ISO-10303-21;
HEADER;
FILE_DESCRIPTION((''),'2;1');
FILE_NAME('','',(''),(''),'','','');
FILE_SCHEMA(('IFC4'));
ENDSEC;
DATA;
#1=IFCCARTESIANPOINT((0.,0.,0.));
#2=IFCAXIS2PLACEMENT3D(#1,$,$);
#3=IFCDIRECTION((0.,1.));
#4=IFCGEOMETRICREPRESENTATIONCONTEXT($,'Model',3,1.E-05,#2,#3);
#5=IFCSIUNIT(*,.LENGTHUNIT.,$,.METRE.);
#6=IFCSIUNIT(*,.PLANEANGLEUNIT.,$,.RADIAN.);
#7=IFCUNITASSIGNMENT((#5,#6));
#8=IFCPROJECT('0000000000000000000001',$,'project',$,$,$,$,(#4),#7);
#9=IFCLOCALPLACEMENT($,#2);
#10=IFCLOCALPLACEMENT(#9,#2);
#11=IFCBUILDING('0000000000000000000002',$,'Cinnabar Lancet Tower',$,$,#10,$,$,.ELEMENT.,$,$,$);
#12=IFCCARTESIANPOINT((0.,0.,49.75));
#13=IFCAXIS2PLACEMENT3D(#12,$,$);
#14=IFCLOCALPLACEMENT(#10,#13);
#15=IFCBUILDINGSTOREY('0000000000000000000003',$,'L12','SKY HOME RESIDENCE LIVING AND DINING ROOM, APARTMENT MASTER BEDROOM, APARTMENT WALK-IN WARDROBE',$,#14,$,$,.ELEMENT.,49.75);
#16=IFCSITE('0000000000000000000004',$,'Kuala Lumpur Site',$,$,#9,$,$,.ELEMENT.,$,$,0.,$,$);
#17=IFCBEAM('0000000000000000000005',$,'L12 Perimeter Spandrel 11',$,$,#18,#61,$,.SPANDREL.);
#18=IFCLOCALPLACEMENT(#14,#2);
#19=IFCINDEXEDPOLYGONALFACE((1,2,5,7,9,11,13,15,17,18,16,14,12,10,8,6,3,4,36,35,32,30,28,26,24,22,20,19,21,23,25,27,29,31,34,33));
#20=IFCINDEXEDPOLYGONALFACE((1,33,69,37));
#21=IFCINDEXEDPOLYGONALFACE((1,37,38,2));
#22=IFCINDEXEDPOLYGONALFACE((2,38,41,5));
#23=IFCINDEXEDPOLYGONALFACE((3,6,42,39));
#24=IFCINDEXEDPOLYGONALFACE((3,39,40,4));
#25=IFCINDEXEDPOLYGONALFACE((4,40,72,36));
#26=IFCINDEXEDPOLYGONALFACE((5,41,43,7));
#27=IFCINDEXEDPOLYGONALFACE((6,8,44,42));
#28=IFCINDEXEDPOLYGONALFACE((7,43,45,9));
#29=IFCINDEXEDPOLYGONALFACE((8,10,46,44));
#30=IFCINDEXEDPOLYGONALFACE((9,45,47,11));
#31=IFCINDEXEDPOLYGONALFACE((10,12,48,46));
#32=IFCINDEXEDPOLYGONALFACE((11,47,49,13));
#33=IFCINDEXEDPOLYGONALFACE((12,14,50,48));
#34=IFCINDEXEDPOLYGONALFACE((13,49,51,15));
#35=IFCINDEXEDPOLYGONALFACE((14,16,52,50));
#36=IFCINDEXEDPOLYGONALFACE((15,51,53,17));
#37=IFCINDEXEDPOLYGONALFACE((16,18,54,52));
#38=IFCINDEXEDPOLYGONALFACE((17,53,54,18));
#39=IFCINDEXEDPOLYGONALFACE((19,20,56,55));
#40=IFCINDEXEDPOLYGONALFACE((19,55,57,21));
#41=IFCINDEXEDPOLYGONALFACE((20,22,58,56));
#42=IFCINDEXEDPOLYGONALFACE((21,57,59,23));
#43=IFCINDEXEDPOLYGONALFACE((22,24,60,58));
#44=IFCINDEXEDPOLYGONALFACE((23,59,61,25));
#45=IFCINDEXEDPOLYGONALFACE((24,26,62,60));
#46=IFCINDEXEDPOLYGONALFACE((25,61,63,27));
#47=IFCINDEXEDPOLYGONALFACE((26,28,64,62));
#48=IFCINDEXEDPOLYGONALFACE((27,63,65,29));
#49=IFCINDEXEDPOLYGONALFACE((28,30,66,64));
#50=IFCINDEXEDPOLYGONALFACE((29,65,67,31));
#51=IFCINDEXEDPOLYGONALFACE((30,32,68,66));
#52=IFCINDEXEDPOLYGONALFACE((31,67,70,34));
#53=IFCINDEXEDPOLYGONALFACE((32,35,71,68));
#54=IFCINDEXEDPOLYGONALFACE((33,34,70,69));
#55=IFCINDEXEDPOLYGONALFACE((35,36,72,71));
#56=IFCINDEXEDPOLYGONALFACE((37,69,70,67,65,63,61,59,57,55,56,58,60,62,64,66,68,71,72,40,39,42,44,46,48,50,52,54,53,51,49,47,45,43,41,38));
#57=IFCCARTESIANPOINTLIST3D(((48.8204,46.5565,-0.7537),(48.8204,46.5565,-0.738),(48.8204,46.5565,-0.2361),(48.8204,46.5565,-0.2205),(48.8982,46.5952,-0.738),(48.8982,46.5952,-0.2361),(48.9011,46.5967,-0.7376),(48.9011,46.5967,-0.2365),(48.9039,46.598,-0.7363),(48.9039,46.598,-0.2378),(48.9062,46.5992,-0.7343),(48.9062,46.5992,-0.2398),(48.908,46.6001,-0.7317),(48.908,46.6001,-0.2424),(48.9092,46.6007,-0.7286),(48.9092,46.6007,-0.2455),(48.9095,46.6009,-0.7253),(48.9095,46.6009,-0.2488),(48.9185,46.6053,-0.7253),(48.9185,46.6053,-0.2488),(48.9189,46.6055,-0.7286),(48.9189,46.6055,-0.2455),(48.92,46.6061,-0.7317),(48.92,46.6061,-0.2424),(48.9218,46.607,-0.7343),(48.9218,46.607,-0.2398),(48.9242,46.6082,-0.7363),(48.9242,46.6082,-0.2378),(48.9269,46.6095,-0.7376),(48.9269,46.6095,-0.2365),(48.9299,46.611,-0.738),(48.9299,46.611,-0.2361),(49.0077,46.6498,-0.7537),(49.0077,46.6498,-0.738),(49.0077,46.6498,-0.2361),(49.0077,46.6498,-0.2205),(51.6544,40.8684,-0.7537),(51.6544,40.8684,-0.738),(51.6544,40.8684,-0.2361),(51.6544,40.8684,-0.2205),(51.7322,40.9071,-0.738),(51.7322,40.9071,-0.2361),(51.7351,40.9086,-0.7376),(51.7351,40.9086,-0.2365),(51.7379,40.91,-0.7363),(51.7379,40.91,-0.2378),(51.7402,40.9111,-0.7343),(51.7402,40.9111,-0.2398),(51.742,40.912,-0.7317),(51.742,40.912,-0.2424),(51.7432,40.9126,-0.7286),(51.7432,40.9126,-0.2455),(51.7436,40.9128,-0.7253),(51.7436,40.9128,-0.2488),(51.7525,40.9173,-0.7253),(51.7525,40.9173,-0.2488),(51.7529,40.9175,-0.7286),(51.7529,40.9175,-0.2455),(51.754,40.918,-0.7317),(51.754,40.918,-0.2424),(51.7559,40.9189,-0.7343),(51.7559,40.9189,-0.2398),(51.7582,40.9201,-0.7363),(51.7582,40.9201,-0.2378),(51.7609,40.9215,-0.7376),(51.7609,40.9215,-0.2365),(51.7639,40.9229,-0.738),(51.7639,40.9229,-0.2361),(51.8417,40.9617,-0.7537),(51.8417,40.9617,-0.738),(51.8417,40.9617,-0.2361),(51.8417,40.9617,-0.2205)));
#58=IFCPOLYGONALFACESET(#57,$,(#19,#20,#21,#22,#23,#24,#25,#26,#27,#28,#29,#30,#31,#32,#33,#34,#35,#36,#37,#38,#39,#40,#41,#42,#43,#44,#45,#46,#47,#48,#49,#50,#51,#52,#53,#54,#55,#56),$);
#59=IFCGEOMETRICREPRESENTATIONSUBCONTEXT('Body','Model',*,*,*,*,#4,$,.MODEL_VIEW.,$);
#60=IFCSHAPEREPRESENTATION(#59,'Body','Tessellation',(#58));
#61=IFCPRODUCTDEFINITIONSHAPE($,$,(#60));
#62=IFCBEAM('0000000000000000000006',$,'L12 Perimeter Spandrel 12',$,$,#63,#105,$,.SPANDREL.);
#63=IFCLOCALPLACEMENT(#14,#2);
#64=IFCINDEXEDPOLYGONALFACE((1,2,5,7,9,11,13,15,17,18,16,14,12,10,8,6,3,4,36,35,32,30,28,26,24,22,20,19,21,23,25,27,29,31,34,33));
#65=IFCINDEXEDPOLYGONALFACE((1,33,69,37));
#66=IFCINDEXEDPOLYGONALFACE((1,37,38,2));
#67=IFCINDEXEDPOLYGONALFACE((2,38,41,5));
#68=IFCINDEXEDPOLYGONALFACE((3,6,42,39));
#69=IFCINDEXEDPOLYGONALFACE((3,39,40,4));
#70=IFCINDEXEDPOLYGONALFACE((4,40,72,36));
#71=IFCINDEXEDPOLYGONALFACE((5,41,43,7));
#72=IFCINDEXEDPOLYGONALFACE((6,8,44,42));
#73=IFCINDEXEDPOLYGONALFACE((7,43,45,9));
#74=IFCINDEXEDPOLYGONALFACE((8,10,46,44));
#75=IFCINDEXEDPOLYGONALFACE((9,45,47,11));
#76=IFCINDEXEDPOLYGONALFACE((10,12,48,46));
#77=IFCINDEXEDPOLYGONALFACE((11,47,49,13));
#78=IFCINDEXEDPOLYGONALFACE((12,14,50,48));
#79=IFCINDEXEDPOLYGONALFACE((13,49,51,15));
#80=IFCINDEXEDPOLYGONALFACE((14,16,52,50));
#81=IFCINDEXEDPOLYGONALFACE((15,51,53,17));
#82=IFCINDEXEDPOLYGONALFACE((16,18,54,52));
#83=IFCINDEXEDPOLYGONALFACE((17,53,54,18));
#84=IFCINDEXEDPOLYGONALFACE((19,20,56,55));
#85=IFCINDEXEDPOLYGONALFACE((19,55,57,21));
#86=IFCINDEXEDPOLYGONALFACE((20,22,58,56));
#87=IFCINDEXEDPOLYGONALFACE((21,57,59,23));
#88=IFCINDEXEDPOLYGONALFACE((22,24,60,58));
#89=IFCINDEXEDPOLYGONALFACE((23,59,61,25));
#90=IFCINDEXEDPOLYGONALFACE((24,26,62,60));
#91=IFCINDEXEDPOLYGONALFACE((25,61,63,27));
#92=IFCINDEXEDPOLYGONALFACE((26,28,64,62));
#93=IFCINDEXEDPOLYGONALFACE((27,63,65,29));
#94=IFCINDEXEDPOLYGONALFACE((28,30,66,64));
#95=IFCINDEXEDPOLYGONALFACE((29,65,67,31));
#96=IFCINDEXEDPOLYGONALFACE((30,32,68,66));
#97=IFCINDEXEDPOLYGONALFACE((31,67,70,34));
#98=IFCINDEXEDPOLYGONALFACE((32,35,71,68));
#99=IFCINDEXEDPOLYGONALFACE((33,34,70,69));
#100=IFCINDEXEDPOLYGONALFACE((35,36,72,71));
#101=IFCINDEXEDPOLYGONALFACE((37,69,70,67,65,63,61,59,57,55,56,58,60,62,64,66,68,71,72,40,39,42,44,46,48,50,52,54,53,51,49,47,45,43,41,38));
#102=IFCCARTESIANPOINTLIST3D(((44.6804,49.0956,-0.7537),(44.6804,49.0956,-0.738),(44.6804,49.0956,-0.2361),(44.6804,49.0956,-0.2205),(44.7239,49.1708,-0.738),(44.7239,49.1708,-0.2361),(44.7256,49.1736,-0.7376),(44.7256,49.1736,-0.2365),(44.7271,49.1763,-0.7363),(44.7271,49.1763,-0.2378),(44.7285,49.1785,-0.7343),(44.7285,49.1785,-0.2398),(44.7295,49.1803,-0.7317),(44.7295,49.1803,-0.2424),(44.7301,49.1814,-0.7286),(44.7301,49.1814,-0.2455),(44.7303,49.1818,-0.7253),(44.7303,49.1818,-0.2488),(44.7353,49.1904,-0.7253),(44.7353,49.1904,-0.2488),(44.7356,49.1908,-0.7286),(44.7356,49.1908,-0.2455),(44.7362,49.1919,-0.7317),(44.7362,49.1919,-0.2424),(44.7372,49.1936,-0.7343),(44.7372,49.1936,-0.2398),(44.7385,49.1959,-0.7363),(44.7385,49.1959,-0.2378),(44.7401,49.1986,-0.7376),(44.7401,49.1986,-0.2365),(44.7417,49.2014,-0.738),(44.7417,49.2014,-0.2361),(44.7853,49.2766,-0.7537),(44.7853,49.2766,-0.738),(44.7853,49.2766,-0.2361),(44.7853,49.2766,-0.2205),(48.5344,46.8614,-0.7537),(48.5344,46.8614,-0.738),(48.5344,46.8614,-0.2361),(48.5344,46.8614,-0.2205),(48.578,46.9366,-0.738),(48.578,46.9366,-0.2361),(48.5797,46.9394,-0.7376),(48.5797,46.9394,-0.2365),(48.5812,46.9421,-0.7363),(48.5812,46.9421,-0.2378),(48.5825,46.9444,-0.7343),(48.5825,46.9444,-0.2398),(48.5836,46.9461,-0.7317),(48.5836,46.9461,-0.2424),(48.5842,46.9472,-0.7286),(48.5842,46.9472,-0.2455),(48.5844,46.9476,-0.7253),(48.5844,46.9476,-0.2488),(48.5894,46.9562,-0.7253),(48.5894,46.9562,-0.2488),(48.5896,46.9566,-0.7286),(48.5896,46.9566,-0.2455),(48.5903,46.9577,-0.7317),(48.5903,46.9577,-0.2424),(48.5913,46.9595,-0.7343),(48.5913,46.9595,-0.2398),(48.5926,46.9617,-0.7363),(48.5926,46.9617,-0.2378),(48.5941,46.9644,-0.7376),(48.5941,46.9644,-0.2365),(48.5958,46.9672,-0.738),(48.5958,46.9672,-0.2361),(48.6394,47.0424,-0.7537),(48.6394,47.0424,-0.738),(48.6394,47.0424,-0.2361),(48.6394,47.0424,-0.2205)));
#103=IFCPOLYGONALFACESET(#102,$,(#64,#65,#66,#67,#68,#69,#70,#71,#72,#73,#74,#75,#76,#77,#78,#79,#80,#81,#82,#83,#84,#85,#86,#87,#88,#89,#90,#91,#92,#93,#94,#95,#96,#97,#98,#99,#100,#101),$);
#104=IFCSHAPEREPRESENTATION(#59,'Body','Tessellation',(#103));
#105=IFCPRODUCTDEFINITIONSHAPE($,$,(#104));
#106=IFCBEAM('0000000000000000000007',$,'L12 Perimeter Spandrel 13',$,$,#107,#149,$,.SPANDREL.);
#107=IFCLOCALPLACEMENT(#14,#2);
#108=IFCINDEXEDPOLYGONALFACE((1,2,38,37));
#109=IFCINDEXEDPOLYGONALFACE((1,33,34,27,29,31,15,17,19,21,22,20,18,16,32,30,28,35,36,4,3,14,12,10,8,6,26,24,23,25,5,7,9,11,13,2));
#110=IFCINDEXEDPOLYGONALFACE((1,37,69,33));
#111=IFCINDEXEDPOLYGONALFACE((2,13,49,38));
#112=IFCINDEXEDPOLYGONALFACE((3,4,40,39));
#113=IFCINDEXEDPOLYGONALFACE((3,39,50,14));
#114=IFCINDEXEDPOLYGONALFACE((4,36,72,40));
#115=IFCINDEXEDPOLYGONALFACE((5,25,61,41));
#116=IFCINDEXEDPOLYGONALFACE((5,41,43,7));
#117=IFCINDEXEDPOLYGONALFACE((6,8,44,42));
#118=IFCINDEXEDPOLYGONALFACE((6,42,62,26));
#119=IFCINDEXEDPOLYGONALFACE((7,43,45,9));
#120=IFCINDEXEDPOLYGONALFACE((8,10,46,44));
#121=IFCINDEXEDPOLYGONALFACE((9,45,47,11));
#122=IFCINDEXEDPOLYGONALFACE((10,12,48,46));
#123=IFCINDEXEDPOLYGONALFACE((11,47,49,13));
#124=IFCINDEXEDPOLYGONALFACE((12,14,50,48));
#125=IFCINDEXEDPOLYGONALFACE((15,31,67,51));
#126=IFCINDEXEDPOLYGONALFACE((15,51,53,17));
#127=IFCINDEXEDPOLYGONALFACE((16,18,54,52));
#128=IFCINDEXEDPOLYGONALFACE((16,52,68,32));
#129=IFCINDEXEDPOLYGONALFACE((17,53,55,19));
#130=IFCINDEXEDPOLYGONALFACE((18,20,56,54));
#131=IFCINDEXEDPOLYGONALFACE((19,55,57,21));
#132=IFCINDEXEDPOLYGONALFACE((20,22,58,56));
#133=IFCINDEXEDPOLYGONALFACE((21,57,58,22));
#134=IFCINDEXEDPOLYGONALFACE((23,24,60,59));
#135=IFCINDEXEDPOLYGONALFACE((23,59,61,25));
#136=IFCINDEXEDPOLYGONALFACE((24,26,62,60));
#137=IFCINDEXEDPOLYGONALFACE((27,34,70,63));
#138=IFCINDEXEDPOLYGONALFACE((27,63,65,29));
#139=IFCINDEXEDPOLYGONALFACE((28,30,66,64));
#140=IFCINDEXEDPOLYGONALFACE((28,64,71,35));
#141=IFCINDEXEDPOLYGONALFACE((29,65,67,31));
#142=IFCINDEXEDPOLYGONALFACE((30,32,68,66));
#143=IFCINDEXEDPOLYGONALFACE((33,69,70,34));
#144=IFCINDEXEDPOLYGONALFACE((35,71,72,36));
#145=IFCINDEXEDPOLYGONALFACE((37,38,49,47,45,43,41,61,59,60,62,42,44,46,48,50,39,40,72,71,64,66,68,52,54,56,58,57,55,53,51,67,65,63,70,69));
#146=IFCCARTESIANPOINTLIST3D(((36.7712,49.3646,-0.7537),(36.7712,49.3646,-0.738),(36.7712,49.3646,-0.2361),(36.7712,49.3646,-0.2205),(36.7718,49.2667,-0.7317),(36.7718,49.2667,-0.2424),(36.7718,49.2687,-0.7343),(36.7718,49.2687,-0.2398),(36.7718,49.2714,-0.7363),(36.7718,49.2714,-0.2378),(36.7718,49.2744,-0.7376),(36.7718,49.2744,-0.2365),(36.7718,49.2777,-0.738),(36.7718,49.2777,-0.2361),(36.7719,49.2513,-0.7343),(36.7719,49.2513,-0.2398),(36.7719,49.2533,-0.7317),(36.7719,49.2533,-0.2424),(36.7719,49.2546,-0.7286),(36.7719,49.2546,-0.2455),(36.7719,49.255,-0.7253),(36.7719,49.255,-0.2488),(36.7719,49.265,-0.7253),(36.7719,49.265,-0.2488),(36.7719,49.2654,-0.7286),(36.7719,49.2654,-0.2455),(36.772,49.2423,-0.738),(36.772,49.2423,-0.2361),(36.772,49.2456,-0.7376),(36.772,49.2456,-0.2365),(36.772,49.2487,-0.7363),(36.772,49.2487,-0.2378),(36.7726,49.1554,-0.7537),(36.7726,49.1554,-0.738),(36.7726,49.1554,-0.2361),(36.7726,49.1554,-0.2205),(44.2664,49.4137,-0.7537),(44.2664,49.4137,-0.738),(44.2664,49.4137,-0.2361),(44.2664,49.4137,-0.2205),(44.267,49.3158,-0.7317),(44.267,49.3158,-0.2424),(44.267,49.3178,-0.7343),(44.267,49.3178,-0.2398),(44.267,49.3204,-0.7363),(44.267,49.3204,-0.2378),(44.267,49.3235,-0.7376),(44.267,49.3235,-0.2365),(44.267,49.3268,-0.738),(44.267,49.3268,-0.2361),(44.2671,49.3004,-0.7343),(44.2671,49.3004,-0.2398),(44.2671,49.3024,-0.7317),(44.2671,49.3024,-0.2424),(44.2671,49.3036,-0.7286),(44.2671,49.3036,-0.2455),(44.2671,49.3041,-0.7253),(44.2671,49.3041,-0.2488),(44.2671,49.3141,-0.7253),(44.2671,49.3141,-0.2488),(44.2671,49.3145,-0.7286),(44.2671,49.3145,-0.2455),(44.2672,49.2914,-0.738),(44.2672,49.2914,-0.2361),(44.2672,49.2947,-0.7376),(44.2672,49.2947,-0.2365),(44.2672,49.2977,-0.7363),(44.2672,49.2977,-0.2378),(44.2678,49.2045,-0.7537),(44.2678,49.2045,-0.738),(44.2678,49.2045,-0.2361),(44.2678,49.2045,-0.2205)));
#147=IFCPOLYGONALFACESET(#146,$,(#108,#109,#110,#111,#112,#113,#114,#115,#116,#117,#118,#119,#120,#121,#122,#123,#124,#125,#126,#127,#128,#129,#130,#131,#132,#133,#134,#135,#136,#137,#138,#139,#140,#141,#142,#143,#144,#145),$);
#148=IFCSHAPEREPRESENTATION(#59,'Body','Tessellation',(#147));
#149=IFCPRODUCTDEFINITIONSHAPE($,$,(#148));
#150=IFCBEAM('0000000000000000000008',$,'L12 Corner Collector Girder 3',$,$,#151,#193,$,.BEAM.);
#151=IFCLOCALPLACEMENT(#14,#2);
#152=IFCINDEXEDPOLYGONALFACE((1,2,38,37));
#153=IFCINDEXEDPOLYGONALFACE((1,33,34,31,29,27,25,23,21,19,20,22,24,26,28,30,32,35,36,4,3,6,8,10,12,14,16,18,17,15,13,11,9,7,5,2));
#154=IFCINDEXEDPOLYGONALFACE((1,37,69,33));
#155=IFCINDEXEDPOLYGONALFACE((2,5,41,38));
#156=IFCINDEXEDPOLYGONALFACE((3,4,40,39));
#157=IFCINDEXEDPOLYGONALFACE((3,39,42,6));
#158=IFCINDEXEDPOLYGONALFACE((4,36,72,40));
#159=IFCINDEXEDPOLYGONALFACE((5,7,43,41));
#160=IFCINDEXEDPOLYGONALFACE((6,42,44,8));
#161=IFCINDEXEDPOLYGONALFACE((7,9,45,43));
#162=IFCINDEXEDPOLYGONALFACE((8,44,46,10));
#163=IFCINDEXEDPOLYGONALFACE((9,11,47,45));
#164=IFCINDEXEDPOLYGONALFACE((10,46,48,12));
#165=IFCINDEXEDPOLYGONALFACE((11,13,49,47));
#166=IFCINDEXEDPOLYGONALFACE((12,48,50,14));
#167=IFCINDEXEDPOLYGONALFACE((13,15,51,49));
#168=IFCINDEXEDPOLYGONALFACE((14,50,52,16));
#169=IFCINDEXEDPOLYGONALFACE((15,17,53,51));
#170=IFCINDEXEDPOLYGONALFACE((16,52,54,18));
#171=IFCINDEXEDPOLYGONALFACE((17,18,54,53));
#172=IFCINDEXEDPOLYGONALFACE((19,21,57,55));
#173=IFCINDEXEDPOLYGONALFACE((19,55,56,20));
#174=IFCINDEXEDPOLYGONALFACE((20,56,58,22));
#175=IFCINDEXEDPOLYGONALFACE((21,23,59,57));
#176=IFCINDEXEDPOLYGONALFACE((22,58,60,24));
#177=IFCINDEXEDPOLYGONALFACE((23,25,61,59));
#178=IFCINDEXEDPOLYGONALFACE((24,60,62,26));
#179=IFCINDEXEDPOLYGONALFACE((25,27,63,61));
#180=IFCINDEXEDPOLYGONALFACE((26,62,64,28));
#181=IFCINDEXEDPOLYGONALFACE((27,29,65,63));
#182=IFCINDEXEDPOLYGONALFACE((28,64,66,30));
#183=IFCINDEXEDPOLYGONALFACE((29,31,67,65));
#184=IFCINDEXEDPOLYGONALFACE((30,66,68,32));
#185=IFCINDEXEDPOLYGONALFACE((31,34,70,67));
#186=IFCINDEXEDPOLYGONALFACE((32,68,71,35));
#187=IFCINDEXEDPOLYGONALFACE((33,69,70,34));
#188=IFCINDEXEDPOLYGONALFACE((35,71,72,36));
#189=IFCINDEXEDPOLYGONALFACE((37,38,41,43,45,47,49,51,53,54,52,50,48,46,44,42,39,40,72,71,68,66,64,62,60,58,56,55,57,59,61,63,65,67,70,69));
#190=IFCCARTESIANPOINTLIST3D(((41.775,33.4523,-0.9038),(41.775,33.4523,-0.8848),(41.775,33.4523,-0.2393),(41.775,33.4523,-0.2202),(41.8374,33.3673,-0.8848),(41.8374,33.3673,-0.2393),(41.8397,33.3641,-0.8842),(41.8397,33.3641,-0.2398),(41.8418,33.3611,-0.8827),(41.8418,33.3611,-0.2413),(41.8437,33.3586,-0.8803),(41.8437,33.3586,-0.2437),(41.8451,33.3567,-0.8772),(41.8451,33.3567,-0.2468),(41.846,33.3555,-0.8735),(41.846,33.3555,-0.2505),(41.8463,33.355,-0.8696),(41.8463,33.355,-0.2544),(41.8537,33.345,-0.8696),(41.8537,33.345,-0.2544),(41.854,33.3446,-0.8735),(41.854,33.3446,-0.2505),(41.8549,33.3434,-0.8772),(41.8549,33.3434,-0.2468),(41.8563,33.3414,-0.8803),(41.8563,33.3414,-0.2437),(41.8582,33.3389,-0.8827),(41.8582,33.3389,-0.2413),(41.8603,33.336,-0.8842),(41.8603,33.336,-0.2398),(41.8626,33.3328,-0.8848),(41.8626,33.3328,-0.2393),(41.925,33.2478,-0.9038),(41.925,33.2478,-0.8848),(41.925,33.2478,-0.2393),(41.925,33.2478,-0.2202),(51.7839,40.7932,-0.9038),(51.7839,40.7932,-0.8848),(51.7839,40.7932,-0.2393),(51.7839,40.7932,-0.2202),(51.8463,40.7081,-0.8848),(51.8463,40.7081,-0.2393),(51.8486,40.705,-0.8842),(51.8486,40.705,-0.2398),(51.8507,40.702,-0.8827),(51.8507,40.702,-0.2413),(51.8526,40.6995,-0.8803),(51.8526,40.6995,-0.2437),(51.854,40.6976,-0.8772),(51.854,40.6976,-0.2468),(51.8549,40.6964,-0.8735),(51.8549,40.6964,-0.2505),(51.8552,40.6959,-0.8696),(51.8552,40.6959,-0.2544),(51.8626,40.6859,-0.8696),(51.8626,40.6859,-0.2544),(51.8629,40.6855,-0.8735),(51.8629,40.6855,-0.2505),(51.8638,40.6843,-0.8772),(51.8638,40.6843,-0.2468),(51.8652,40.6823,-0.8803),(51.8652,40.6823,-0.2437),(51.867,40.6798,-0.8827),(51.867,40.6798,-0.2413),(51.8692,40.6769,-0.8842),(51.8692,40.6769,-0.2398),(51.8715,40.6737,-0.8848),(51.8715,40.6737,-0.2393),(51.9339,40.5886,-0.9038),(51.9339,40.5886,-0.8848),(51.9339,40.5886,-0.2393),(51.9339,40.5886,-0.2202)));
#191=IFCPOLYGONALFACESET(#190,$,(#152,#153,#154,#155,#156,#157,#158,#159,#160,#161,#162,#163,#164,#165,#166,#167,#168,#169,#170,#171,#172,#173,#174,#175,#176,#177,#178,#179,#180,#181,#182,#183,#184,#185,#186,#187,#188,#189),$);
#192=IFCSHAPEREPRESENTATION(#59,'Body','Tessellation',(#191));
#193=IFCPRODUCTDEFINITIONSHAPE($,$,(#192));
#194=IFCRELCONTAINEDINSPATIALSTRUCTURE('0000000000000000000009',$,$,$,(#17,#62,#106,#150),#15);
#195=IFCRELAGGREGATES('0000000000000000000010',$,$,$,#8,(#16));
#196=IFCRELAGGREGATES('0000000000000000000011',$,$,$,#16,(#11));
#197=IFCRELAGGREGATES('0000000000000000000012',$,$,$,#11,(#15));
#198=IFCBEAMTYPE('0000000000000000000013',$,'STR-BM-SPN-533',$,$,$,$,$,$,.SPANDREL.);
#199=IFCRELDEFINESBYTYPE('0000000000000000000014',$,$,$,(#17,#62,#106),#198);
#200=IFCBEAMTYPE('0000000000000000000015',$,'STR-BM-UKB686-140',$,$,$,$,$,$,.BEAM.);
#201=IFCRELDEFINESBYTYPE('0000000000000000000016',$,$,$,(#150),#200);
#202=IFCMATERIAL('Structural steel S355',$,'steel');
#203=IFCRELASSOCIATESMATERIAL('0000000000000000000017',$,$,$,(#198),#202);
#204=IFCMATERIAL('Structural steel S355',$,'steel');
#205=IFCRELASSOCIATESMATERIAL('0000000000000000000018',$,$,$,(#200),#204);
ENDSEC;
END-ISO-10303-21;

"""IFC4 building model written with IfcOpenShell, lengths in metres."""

from ifc_helpers import new_model, si_unit, direction, frame, origin, origin_2d, place, context, subcontext, project, spatial, i_section, extrude, material, material_profile, profile_set, type_object, element, save


model = new_model("IFC4")

# Units and contexts
model_context = context("Model", 3, precision=1e-05, world=origin(), true_north=direction((0.0, 1.0)))
body_context = subcontext(model_context, "Body", "Model", "MODEL_VIEW")
ifc_project = project(units=[si_unit("LENGTHUNIT", "METRE"), si_unit("PLANEANGLEUNIT", "RADIAN")], contexts=[model_context])

# Site, building, storey
site_placement = place(None, origin())
site = spatial("IfcSite", under=ifc_project, at=site_placement, Name="Kuala Lumpur Site", CompositionType="ELEMENT", RefElevation=0.0)
building_placement = place(site_placement, origin())
building = spatial("IfcBuilding", under=site, at=building_placement, Name="Cinnabar Lancet Tower", CompositionType="ELEMENT")
storey_placement = place(building_placement, frame((0.0, 0.0, 49.75)))
storey = spatial("IfcBuildingStorey", under=building, at=storey_placement, Name="L12", Description="SKY HOME RESIDENCE LIVING AND DINING ROOM, APARTMENT MASTER BEDROOM, APARTMENT WALK-IN WARDROBE", CompositionType="ELEMENT", Elevation=49.75)

# Beams
ifc_material_1 = material(Name="Structural steel S355", Category="steel")
ifc_material_profile_1 = material_profile(ifc_material_1, i_section(OverallWidth=0.2092, OverallDepth=0.5332, WebThickness=0.01, FlangeThickness=0.0156, FilletRadius=0.0127, at=origin_2d()), Name="UKB 533x210x92")
ifc_profile_set_1 = profile_set([ifc_material_profile_1], Name="Structural steel S355")
beam_type_1 = type_object("IfcBeamType", Name="STR-BM-SPN-533", PredefinedType="SPANDREL", material=ifc_profile_set_1)
beam_1_placement = place(storey_placement, frame((51.748, 40.915, -0.4871), z_axis=(-0.445953, 0.895056, 0.0), x_axis=(-0.895056, -0.445953, 0.0)))
element("IfcBeam", 1, at=beam_1_placement, inside=storey, type_object=beam_type_1, Name="L12 Perimeter Spandrel 11", PredefinedType="SPANDREL", context=body_context, shape_type="SweptSolid", body=[
    extrude(i_section(OverallWidth=0.2092, OverallDepth=0.5332, WebThickness=0.01, FlangeThickness=0.0156, FilletRadius=0.0127, at=origin_2d()), origin(), (0.0, 0.0, 1.0), 6.355),
])
beam_2_placement = place(storey_placement, frame((48.5869, 46.9519, -0.4871), z_axis=(-0.865147, 0.501518, 0.0), x_axis=(-0.501518, -0.865147, 0.0)))
element("IfcBeam", 2, at=beam_2_placement, inside=storey, type_object=beam_type_1, Name="L12 Perimeter Spandrel 12", PredefinedType="SPANDREL", context=body_context, shape_type="SweptSolid", body=[
    extrude(i_section(OverallWidth=0.2092, OverallDepth=0.5332, WebThickness=0.01, FlangeThickness=0.0156, FilletRadius=0.0127, at=origin_2d()), origin(), (0.0, 0.0, 1.0), 4.4548),
])
beam_3_placement = place(storey_placement, frame((44.2671, 49.3091, -0.4871), z_axis=(-0.999979, -0.006547, 0.0), x_axis=(0.006547, -0.999979, 0.0)))
element("IfcBeam", 3, at=beam_3_placement, inside=storey, type_object=beam_type_1, Name="L12 Perimeter Spandrel 13", PredefinedType="SPANDREL", context=body_context, shape_type="SweptSolid", body=[
    extrude(i_section(OverallWidth=0.2092, OverallDepth=0.5332, WebThickness=0.01, FlangeThickness=0.0156, FilletRadius=0.0127, at=origin_2d()), origin(), (0.0, 0.0, 1.0), 7.4954),
])
ifc_material_2 = material(Name="Structural steel S355", Category="steel")
ifc_material_profile_2 = material_profile(ifc_material_2, i_section(OverallWidth=0.2537, OverallDepth=0.6836, WebThickness=0.0125, FlangeThickness=0.019, FilletRadius=0.0151, at=origin_2d()), Name="UKB 686x254x140")
ifc_profile_set_2 = profile_set([ifc_material_profile_2], Name="Structural steel S355")
beam_type_2 = type_object("IfcBeamType", Name="STR-BM-UKB686-140", PredefinedType="BEAM", material=ifc_profile_set_2)
beam_4_placement = place(storey_placement, frame((51.8589, 40.6909, -0.562), z_axis=(-0.806365, -0.591418, 0.0), x_axis=(0.591418, -0.806365, 0.0)))
element("IfcBeam", 4, at=beam_4_placement, inside=storey, type_object=beam_type_2, Name="L12 Corner Collector Girder 3", PredefinedType="BEAM", context=body_context, shape_type="SweptSolid", body=[
    extrude(i_section(OverallWidth=0.2537, OverallDepth=0.6836, WebThickness=0.0125, FlangeThickness=0.019, FilletRadius=0.0151, at=origin_2d()), origin(), (0.0, 0.0, 1.0), 12.4124),
])

save(model, "model.ifc")
